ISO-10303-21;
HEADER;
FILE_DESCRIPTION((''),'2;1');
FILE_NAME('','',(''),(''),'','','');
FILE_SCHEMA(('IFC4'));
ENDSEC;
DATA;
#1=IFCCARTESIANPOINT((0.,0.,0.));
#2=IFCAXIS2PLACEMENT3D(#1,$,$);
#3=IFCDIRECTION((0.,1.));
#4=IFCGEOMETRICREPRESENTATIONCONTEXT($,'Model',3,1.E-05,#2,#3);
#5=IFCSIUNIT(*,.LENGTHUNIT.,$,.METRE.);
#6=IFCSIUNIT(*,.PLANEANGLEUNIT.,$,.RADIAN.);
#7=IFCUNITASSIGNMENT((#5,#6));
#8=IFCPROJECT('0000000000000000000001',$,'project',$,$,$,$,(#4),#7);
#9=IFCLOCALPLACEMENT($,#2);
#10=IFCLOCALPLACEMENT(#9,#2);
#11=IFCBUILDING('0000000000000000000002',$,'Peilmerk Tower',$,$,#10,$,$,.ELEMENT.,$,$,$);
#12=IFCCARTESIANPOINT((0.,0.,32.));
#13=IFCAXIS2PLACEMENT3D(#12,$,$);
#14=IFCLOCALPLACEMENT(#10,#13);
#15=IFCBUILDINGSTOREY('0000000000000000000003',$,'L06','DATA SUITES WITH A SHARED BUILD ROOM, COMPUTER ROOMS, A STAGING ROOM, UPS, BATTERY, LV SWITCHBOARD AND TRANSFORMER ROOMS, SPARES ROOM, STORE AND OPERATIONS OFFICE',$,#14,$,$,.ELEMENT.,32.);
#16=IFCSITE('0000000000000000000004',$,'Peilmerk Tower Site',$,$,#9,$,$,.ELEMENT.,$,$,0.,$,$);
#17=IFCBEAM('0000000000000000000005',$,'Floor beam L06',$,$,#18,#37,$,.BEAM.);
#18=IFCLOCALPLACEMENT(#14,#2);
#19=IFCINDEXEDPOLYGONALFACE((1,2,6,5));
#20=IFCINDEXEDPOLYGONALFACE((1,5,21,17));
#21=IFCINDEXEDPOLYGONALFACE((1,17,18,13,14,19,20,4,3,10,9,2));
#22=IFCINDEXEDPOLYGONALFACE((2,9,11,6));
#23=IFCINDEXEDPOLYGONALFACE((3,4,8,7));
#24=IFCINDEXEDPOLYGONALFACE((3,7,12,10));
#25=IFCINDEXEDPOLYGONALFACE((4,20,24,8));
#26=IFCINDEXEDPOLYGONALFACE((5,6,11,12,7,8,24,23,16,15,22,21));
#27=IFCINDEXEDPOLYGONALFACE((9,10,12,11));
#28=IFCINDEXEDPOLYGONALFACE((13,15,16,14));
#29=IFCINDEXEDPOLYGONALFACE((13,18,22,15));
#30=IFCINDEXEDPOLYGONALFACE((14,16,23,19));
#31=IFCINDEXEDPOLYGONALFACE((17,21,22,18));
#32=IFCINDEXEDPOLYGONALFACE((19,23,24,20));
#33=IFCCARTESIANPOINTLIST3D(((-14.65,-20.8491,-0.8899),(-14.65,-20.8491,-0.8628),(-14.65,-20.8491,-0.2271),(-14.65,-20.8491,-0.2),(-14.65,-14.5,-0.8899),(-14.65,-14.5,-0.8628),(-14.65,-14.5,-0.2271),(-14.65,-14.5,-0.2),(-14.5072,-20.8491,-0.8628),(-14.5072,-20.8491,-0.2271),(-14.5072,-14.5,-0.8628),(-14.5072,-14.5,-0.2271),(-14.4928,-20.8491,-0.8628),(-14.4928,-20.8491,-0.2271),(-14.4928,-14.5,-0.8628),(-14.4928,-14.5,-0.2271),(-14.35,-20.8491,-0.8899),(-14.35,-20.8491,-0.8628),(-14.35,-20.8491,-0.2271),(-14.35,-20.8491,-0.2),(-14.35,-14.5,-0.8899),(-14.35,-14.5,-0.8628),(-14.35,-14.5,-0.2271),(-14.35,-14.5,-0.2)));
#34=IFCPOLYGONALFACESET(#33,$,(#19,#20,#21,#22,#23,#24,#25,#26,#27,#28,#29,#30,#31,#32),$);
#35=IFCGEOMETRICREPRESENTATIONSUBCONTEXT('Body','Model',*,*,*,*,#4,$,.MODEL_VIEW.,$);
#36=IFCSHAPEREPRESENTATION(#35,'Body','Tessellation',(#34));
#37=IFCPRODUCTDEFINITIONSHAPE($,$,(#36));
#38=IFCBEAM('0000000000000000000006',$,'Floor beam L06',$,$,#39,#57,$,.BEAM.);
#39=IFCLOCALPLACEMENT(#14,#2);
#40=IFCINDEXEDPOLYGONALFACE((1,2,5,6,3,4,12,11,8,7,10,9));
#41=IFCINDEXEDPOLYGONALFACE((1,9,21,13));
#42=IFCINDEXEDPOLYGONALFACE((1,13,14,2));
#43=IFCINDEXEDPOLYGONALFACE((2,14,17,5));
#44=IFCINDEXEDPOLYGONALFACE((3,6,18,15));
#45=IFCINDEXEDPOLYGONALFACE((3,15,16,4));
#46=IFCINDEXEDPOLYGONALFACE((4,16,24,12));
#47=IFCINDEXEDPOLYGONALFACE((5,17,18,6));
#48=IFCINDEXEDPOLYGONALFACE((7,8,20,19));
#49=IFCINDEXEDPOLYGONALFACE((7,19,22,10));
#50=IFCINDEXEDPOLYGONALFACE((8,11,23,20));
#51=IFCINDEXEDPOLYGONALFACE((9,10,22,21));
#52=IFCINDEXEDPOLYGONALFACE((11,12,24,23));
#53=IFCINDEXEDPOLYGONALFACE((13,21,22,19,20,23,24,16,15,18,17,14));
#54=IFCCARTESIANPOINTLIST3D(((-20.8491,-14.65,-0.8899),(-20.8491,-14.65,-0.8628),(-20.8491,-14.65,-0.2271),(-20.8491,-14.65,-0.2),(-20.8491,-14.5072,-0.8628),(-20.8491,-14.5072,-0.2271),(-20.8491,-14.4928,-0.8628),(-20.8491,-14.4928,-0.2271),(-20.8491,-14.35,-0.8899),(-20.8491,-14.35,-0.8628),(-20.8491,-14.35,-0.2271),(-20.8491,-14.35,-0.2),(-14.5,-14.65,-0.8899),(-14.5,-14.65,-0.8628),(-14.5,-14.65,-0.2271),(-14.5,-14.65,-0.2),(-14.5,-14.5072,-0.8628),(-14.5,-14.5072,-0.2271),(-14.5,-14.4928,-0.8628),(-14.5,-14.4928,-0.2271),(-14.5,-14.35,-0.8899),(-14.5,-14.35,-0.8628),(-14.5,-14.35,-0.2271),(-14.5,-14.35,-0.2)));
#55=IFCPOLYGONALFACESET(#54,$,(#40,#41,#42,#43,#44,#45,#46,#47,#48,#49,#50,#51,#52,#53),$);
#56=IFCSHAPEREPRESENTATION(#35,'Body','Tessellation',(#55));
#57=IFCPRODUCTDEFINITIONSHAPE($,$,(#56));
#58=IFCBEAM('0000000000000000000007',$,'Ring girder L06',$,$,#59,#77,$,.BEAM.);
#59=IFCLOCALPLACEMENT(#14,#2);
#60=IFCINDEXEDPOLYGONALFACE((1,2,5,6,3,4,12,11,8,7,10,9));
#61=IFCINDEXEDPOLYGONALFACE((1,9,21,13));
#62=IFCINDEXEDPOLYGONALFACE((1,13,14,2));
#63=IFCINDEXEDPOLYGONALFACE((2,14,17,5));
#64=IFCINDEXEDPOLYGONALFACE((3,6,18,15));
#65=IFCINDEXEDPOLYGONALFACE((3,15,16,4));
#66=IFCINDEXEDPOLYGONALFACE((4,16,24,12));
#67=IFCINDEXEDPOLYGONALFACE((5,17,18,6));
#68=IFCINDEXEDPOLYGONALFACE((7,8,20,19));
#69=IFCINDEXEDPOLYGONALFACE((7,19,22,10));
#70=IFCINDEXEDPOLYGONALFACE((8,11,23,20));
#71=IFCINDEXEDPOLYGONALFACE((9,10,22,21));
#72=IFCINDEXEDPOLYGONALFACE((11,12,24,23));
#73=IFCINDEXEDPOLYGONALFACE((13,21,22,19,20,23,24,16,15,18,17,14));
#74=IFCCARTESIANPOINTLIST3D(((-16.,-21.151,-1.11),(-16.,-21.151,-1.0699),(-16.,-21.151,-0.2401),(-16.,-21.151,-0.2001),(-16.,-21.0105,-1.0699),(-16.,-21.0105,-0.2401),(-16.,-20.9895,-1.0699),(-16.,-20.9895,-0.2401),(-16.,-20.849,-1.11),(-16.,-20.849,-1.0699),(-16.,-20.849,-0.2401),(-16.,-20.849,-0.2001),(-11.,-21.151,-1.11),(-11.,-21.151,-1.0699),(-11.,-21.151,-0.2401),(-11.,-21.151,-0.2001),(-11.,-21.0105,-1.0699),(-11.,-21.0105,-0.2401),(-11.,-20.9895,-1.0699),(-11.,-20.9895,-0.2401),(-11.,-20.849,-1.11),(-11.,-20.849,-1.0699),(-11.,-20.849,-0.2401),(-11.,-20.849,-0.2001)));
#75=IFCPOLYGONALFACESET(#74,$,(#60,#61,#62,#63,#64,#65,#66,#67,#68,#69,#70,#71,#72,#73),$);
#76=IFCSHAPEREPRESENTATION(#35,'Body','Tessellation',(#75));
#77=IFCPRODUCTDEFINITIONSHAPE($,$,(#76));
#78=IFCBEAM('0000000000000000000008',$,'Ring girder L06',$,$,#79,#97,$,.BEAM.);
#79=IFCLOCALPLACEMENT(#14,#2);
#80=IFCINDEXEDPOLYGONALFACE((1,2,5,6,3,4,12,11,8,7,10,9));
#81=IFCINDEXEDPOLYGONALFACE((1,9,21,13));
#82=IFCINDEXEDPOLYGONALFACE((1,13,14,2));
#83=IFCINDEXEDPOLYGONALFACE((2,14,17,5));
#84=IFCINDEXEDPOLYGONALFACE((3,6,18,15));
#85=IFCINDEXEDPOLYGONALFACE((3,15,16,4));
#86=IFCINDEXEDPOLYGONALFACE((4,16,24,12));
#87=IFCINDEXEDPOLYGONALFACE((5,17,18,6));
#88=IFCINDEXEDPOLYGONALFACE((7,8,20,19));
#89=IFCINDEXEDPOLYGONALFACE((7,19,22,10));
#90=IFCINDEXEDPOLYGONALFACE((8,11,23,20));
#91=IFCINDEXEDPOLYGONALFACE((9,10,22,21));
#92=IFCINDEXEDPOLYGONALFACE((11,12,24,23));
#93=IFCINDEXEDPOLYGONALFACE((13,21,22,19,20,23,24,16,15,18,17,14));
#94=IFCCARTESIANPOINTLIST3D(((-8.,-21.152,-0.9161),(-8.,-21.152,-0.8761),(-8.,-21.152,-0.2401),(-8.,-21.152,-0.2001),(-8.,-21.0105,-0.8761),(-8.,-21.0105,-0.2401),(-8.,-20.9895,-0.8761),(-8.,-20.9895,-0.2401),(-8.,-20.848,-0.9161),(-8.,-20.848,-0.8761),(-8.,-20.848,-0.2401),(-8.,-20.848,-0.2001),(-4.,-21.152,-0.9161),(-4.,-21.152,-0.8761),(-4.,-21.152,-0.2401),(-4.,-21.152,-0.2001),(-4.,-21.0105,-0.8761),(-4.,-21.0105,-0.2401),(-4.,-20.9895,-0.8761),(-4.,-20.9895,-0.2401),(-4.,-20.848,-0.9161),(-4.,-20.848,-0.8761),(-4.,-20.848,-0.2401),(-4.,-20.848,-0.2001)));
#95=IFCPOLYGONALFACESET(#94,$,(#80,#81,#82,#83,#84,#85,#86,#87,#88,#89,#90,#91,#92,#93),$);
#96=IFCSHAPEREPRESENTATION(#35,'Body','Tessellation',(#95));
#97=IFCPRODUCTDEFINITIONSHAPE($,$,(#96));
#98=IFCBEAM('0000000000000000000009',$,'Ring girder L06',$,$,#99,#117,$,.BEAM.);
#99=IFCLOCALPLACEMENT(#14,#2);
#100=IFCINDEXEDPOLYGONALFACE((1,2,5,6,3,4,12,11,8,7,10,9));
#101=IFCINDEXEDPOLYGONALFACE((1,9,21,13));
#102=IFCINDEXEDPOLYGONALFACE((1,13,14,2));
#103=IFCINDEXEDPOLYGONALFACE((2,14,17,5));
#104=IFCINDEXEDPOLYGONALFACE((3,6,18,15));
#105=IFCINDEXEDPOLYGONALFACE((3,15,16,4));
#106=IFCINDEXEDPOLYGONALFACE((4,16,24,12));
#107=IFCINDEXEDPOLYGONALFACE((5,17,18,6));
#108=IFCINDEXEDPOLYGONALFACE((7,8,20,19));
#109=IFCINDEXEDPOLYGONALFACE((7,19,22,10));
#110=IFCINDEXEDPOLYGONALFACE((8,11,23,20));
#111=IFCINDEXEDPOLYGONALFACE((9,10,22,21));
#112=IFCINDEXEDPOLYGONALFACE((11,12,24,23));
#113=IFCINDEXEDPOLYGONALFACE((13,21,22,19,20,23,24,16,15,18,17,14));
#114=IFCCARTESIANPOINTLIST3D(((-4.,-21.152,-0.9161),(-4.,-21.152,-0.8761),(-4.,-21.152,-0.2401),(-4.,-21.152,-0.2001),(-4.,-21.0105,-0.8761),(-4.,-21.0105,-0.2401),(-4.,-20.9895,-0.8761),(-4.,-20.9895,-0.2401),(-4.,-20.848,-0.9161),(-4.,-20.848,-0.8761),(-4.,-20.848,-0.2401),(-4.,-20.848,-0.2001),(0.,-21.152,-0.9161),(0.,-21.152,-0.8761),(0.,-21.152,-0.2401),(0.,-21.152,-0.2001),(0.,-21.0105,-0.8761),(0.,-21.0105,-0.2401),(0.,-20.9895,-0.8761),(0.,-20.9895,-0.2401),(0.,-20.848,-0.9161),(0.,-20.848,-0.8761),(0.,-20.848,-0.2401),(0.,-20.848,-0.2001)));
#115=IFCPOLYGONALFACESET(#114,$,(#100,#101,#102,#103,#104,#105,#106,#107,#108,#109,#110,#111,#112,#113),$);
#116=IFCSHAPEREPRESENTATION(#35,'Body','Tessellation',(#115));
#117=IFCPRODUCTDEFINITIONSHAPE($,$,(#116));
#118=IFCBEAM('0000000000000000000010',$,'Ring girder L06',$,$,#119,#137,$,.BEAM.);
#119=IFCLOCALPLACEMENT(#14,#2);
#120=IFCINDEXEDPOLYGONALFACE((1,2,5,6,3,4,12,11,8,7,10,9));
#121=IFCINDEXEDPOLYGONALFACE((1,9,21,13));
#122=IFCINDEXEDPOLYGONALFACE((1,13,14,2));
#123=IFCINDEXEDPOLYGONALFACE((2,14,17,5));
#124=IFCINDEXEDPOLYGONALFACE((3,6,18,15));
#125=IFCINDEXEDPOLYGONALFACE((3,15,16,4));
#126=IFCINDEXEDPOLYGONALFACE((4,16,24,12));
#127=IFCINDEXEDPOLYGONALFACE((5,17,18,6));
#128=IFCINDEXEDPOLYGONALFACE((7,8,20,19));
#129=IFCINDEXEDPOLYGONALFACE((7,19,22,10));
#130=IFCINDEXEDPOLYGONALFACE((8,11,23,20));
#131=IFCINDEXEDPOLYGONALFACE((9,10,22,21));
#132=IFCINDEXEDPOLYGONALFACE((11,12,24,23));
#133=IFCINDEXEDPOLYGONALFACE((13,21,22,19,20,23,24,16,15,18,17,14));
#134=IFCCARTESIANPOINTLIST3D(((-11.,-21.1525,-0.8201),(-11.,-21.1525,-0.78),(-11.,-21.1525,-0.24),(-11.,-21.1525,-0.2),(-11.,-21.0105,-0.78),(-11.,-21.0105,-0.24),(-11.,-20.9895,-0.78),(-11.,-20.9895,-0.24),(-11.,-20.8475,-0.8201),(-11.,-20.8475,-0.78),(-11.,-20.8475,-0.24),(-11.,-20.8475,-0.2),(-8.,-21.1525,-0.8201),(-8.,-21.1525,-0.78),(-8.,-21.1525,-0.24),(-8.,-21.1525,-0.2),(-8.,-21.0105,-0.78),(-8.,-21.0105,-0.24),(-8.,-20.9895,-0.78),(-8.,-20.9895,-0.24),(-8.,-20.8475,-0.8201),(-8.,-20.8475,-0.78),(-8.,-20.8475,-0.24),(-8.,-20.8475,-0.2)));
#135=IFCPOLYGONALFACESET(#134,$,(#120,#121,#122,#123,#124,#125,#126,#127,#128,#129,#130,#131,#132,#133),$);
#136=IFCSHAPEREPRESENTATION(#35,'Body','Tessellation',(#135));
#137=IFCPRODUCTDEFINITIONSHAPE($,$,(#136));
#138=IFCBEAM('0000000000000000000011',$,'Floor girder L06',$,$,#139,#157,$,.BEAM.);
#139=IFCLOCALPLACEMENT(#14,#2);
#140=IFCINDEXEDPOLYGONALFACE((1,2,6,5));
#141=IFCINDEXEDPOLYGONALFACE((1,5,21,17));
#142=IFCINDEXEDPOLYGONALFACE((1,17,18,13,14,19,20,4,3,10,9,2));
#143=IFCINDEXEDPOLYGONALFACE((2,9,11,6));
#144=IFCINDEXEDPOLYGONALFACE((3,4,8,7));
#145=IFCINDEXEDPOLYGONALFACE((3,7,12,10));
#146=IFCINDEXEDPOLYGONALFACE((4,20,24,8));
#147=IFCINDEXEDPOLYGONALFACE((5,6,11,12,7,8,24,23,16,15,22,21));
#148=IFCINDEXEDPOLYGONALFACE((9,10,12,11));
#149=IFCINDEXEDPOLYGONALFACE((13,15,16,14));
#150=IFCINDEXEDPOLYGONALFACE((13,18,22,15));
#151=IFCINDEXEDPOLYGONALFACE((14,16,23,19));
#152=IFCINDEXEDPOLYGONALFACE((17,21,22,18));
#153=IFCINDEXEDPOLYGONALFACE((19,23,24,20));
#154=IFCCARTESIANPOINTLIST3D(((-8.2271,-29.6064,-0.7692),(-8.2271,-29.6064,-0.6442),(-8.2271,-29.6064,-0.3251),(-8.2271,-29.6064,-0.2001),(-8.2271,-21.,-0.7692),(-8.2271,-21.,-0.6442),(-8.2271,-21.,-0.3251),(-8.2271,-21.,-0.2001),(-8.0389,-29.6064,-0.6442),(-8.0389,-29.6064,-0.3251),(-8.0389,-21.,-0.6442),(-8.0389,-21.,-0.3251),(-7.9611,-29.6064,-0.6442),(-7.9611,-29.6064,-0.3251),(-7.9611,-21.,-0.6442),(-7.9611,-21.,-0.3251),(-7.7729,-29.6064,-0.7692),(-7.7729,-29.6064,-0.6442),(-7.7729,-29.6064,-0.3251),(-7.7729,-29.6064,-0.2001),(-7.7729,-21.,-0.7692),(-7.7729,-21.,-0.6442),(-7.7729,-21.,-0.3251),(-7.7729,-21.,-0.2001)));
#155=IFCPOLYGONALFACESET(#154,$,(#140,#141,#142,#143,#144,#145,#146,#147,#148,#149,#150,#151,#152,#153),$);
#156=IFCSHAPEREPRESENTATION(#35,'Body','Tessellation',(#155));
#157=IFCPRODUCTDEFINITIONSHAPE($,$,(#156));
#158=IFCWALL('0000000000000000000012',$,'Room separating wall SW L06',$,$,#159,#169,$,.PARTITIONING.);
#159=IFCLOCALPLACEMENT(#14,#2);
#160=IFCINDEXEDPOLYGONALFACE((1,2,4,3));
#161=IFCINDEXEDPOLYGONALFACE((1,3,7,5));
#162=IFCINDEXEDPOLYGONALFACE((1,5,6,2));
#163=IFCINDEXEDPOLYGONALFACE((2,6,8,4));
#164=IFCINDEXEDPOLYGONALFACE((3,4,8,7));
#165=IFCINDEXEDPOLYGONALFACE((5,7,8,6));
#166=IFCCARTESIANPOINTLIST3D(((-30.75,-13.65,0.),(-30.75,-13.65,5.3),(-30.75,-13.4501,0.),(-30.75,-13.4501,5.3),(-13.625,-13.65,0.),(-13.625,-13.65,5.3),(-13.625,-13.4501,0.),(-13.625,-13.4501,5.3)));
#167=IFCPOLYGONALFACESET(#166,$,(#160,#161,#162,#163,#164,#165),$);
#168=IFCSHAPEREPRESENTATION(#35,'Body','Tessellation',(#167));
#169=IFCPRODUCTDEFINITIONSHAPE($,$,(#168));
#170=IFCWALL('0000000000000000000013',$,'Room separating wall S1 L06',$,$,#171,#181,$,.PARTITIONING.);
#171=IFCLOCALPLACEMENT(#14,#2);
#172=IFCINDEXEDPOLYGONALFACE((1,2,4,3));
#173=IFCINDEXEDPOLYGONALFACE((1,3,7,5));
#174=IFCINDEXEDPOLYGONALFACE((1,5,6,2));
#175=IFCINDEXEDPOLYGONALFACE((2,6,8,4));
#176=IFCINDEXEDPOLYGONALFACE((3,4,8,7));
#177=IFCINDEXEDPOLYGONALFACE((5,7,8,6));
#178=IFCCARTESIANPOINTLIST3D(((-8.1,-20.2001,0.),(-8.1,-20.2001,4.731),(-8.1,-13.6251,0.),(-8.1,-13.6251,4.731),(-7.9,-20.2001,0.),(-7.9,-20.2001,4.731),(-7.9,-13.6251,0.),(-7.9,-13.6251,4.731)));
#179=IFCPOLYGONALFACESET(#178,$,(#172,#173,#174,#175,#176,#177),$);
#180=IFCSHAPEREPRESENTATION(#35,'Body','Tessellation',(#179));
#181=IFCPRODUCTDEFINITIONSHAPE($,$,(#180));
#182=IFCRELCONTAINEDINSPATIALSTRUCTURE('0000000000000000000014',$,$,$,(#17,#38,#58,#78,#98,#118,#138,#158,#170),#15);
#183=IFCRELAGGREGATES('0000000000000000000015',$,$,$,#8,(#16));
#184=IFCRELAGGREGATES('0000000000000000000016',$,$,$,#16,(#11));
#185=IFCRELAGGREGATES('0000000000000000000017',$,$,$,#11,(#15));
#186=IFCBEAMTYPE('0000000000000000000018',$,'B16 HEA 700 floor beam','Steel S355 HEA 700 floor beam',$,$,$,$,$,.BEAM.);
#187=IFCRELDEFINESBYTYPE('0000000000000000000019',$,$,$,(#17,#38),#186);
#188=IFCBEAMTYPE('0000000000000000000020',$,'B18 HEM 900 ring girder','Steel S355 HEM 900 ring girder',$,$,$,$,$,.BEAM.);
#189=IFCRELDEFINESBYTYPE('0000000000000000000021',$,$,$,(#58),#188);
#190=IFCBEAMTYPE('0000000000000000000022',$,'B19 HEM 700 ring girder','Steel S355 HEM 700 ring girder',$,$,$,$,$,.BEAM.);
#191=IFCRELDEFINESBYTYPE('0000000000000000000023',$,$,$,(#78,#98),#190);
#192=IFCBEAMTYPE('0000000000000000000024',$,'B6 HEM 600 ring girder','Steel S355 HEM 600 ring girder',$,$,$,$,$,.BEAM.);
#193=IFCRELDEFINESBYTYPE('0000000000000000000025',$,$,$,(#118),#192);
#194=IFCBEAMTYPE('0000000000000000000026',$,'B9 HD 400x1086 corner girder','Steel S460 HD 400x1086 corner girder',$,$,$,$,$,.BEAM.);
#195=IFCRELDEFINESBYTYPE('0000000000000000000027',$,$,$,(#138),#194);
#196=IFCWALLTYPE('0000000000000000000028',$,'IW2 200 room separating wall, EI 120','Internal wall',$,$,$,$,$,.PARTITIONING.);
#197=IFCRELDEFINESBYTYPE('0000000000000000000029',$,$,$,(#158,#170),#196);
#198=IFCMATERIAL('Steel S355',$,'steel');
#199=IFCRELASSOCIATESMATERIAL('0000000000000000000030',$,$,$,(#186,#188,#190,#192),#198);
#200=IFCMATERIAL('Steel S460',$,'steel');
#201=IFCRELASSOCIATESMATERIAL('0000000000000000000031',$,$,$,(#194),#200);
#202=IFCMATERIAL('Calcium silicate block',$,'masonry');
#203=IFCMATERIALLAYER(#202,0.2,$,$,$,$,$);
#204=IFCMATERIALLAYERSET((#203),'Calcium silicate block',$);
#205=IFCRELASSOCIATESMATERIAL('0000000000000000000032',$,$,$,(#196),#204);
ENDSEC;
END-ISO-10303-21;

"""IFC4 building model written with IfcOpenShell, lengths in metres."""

from ifc_helpers import new_model, si_unit, direction, frame, frame_2d, origin, origin_2d, place, context, subcontext, project, spatial, rectangle, i_section, extrude, material, layer, layer_set, material_profile, profile_set, type_object, element, save


model = new_model("IFC4")

# Units and contexts
model_context = context("Model", 3, precision=1e-05, world=origin(), true_north=direction((0.0, 1.0)))
body_context = subcontext(model_context, "Body", "Model", "MODEL_VIEW")
ifc_project = project(units=[si_unit("LENGTHUNIT", "METRE"), si_unit("PLANEANGLEUNIT", "RADIAN")], contexts=[model_context])

# Site, building, storey
site_placement = place(None, origin())
site = spatial("IfcSite", under=ifc_project, at=site_placement, Name="Peilmerk Tower Site", CompositionType="ELEMENT", RefElevation=0.0)
building_placement = place(site_placement, origin())
building = spatial("IfcBuilding", under=site, at=building_placement, Name="Peilmerk Tower", CompositionType="ELEMENT")
storey_placement = place(building_placement, frame((0.0, 0.0, 32.0)))
storey = spatial("IfcBuildingStorey", under=building, at=storey_placement, Name="L06", Description="DATA SUITES WITH A SHARED BUILD ROOM, COMPUTER ROOMS, A STAGING ROOM, UPS, BATTERY, LV SWITCHBOARD AND TRANSFORMER ROOMS, SPARES ROOM, STORE AND OPERATIONS OFFICE", CompositionType="ELEMENT", Elevation=32.0)

# Beams
ifc_material_1 = material(Name="Steel S355", Category="steel")
ifc_material_profile_1 = material_profile(ifc_material_1, i_section(OverallWidth=0.3, OverallDepth=0.6899, WebThickness=0.0144, FlangeThickness=0.0271, at=origin_2d()), Name="HEA 700")
ifc_profile_set_1 = profile_set([ifc_material_profile_1], Name="Steel S355")
beam_type_1 = type_object("IfcBeamType", Name="B16 HEA 700 floor beam", Description="Steel S355 HEA 700 floor beam", PredefinedType="BEAM", material=ifc_profile_set_1)
for number, where, z_axis, x_axis, name in (
    (1, (-14.5, -14.5, -0.5449), (0.0, -1.0, 0.0), (1.0, 0.0, 0.0), "Floor beam L06"),
    (2, (-14.5, -14.5, -0.5449), (-1.0, 0.0, 0.0), (0.0, -1.0, 0.0), "Floor beam L06"),
):
    element("IfcBeam", number, at=place(storey_placement, frame(where, z_axis=z_axis, x_axis=x_axis)), inside=storey, type_object=beam_type_1, Name=name, PredefinedType="BEAM", context=body_context, shape_type="SweptSolid", body=[
        extrude(i_section(OverallWidth=0.3, OverallDepth=0.6899, WebThickness=0.0144, FlangeThickness=0.0271, at=origin_2d()), origin(), (0.0, 0.0, 1.0), 6.3491),
    ])
ifc_material_profile_2 = material_profile(ifc_material_1, i_section(OverallWidth=0.302, OverallDepth=0.9099, WebThickness=0.021, FlangeThickness=0.04, at=origin_2d()), Name="HEM 900")
ifc_profile_set_2 = profile_set([ifc_material_profile_2], Name="Steel S355")
beam_type_2 = type_object("IfcBeamType", Name="B18 HEM 900 ring girder", Description="Steel S355 HEM 900 ring girder", PredefinedType="BEAM", material=ifc_profile_set_2)
beam_1_placement = place(storey_placement, frame((-16.0, -21.0, -0.655), z_axis=(1.0, 0.0, 0.0), x_axis=(0.0, 1.0, 0.0)))
element("IfcBeam", 3, at=beam_1_placement, inside=storey, type_object=beam_type_2, Name="Ring girder L06", PredefinedType="BEAM", context=body_context, shape_type="SweptSolid", body=[
    extrude(i_section(OverallWidth=0.302, OverallDepth=0.9099, WebThickness=0.021, FlangeThickness=0.04, at=origin_2d()), origin(), (0.0, 0.0, 1.0), 5.0),
])
ifc_material_profile_3 = material_profile(ifc_material_1, i_section(OverallWidth=0.304, OverallDepth=0.7161, WebThickness=0.021, FlangeThickness=0.04, at=origin_2d()), Name="HEM 700")
ifc_profile_set_3 = profile_set([ifc_material_profile_3], Name="Steel S355")
beam_type_3 = type_object("IfcBeamType", Name="B19 HEM 700 ring girder", Description="Steel S355 HEM 700 ring girder", PredefinedType="BEAM", material=ifc_profile_set_3)
for number, where, z_axis, x_axis, name in (
    (4, (-8.0, -21.0, -0.5581), (1.0, 0.0, 0.0), (0.0, 1.0, 0.0), "Ring girder L06"),
    (5, (-4.0, -21.0, -0.5581), (1.0, 0.0, 0.0), (0.0, 1.0, 0.0), "Ring girder L06"),
):
    element("IfcBeam", number, at=place(storey_placement, frame(where, z_axis=z_axis, x_axis=x_axis)), inside=storey, type_object=beam_type_3, Name=name, PredefinedType="BEAM", context=body_context, shape_type="SweptSolid", body=[
        extrude(i_section(OverallWidth=0.304, OverallDepth=0.7161, WebThickness=0.021, FlangeThickness=0.04, at=origin_2d()), origin(), (0.0, 0.0, 1.0), 4.0),
    ])
ifc_material_profile_4 = material_profile(ifc_material_1, i_section(OverallWidth=0.3049, OverallDepth=0.6201, WebThickness=0.021, FlangeThickness=0.04, at=origin_2d()), Name="HEM 600")
ifc_profile_set_4 = profile_set([ifc_material_profile_4], Name="Steel S355")
beam_type_4 = type_object("IfcBeamType", Name="B6 HEM 600 ring girder", Description="Steel S355 HEM 600 ring girder", PredefinedType="BEAM", material=ifc_profile_set_4)
beam_2_placement = place(storey_placement, frame((-11.0, -21.0, -0.51), z_axis=(1.0, 0.0, 0.0), x_axis=(0.0, 1.0, 0.0)))
element("IfcBeam", 6, at=beam_2_placement, inside=storey, type_object=beam_type_4, Name="Ring girder L06", PredefinedType="BEAM", context=body_context, shape_type="SweptSolid", body=[
    extrude(i_section(OverallWidth=0.3049, OverallDepth=0.6201, WebThickness=0.021, FlangeThickness=0.04, at=origin_2d()), origin(), (0.0, 0.0, 1.0), 3.0),
])
ifc_material_2 = material(Name="Steel S460", Category="steel")
ifc_material_profile_5 = material_profile(ifc_material_2, i_section(OverallWidth=0.4541, OverallDepth=0.5691, WebThickness=0.0779, FlangeThickness=0.125, at=origin_2d()), Name="HD 400x1086")
ifc_profile_set_5 = profile_set([ifc_material_profile_5], Name="Steel S460")
beam_type_5 = type_object("IfcBeamType", Name="B9 HD 400x1086 corner girder", Description="Steel S460 HD 400x1086 corner girder", PredefinedType="BEAM", material=ifc_profile_set_5)
beam_3_placement = place(storey_placement, frame((-8.0, -21.0, -0.4846), z_axis=(0.0, -1.0, 0.0), x_axis=(1.0, 0.0, 0.0)))
element("IfcBeam", 7, at=beam_3_placement, inside=storey, type_object=beam_type_5, Name="Floor girder L06", PredefinedType="BEAM", context=body_context, shape_type="SweptSolid", body=[
    extrude(i_section(OverallWidth=0.4541, OverallDepth=0.5691, WebThickness=0.0779, FlangeThickness=0.125, at=origin_2d()), origin(), (0.0, 0.0, 1.0), 8.6064),
])

# Walls
ifc_material_3 = material(Name="Calcium silicate block", Category="masonry")
ifc_layer = layer(ifc_material_3, 0.2)
ifc_layer_set = layer_set([ifc_layer], Name="Calcium silicate block")
wall_type = type_object("IfcWallType", Name="IW2 200 room separating wall, EI 120", Description="Internal wall", PredefinedType="PARTITIONING", material=ifc_layer_set)
wall_1_placement = place(storey_placement, frame((-13.625, -13.55, 0.0), z_axis=(0.0, 0.0, 1.0), x_axis=(-1.0, 0.0, 0.0)))
element("IfcWall", 8, at=wall_1_placement, inside=storey, type_object=wall_type, Name="Room separating wall SW L06", PredefinedType="PARTITIONING", context=body_context, shape_type="SweptSolid", body=[
    extrude(rectangle(XDim=17.125, YDim=0.2, at=frame_2d((8.5625, 0.0))), origin(), (0.0, 0.0, 1.0), 5.3),
])
wall_2_placement = place(storey_placement, frame((-8.0, -13.625, 0.0), z_axis=(0.0, 0.0, 1.0), x_axis=(0.0, -1.0, 0.0)))
element("IfcWall", 9, at=wall_2_placement, inside=storey, type_object=wall_type, Name="Room separating wall S1 L06", PredefinedType="PARTITIONING", context=body_context, shape_type="SweptSolid", body=[
    extrude(rectangle(XDim=6.575, YDim=0.2, at=frame_2d((3.2876, 0.0))), origin(), (0.0, 0.0, 1.0), 4.731),
])

save(model, "model.ifc")
